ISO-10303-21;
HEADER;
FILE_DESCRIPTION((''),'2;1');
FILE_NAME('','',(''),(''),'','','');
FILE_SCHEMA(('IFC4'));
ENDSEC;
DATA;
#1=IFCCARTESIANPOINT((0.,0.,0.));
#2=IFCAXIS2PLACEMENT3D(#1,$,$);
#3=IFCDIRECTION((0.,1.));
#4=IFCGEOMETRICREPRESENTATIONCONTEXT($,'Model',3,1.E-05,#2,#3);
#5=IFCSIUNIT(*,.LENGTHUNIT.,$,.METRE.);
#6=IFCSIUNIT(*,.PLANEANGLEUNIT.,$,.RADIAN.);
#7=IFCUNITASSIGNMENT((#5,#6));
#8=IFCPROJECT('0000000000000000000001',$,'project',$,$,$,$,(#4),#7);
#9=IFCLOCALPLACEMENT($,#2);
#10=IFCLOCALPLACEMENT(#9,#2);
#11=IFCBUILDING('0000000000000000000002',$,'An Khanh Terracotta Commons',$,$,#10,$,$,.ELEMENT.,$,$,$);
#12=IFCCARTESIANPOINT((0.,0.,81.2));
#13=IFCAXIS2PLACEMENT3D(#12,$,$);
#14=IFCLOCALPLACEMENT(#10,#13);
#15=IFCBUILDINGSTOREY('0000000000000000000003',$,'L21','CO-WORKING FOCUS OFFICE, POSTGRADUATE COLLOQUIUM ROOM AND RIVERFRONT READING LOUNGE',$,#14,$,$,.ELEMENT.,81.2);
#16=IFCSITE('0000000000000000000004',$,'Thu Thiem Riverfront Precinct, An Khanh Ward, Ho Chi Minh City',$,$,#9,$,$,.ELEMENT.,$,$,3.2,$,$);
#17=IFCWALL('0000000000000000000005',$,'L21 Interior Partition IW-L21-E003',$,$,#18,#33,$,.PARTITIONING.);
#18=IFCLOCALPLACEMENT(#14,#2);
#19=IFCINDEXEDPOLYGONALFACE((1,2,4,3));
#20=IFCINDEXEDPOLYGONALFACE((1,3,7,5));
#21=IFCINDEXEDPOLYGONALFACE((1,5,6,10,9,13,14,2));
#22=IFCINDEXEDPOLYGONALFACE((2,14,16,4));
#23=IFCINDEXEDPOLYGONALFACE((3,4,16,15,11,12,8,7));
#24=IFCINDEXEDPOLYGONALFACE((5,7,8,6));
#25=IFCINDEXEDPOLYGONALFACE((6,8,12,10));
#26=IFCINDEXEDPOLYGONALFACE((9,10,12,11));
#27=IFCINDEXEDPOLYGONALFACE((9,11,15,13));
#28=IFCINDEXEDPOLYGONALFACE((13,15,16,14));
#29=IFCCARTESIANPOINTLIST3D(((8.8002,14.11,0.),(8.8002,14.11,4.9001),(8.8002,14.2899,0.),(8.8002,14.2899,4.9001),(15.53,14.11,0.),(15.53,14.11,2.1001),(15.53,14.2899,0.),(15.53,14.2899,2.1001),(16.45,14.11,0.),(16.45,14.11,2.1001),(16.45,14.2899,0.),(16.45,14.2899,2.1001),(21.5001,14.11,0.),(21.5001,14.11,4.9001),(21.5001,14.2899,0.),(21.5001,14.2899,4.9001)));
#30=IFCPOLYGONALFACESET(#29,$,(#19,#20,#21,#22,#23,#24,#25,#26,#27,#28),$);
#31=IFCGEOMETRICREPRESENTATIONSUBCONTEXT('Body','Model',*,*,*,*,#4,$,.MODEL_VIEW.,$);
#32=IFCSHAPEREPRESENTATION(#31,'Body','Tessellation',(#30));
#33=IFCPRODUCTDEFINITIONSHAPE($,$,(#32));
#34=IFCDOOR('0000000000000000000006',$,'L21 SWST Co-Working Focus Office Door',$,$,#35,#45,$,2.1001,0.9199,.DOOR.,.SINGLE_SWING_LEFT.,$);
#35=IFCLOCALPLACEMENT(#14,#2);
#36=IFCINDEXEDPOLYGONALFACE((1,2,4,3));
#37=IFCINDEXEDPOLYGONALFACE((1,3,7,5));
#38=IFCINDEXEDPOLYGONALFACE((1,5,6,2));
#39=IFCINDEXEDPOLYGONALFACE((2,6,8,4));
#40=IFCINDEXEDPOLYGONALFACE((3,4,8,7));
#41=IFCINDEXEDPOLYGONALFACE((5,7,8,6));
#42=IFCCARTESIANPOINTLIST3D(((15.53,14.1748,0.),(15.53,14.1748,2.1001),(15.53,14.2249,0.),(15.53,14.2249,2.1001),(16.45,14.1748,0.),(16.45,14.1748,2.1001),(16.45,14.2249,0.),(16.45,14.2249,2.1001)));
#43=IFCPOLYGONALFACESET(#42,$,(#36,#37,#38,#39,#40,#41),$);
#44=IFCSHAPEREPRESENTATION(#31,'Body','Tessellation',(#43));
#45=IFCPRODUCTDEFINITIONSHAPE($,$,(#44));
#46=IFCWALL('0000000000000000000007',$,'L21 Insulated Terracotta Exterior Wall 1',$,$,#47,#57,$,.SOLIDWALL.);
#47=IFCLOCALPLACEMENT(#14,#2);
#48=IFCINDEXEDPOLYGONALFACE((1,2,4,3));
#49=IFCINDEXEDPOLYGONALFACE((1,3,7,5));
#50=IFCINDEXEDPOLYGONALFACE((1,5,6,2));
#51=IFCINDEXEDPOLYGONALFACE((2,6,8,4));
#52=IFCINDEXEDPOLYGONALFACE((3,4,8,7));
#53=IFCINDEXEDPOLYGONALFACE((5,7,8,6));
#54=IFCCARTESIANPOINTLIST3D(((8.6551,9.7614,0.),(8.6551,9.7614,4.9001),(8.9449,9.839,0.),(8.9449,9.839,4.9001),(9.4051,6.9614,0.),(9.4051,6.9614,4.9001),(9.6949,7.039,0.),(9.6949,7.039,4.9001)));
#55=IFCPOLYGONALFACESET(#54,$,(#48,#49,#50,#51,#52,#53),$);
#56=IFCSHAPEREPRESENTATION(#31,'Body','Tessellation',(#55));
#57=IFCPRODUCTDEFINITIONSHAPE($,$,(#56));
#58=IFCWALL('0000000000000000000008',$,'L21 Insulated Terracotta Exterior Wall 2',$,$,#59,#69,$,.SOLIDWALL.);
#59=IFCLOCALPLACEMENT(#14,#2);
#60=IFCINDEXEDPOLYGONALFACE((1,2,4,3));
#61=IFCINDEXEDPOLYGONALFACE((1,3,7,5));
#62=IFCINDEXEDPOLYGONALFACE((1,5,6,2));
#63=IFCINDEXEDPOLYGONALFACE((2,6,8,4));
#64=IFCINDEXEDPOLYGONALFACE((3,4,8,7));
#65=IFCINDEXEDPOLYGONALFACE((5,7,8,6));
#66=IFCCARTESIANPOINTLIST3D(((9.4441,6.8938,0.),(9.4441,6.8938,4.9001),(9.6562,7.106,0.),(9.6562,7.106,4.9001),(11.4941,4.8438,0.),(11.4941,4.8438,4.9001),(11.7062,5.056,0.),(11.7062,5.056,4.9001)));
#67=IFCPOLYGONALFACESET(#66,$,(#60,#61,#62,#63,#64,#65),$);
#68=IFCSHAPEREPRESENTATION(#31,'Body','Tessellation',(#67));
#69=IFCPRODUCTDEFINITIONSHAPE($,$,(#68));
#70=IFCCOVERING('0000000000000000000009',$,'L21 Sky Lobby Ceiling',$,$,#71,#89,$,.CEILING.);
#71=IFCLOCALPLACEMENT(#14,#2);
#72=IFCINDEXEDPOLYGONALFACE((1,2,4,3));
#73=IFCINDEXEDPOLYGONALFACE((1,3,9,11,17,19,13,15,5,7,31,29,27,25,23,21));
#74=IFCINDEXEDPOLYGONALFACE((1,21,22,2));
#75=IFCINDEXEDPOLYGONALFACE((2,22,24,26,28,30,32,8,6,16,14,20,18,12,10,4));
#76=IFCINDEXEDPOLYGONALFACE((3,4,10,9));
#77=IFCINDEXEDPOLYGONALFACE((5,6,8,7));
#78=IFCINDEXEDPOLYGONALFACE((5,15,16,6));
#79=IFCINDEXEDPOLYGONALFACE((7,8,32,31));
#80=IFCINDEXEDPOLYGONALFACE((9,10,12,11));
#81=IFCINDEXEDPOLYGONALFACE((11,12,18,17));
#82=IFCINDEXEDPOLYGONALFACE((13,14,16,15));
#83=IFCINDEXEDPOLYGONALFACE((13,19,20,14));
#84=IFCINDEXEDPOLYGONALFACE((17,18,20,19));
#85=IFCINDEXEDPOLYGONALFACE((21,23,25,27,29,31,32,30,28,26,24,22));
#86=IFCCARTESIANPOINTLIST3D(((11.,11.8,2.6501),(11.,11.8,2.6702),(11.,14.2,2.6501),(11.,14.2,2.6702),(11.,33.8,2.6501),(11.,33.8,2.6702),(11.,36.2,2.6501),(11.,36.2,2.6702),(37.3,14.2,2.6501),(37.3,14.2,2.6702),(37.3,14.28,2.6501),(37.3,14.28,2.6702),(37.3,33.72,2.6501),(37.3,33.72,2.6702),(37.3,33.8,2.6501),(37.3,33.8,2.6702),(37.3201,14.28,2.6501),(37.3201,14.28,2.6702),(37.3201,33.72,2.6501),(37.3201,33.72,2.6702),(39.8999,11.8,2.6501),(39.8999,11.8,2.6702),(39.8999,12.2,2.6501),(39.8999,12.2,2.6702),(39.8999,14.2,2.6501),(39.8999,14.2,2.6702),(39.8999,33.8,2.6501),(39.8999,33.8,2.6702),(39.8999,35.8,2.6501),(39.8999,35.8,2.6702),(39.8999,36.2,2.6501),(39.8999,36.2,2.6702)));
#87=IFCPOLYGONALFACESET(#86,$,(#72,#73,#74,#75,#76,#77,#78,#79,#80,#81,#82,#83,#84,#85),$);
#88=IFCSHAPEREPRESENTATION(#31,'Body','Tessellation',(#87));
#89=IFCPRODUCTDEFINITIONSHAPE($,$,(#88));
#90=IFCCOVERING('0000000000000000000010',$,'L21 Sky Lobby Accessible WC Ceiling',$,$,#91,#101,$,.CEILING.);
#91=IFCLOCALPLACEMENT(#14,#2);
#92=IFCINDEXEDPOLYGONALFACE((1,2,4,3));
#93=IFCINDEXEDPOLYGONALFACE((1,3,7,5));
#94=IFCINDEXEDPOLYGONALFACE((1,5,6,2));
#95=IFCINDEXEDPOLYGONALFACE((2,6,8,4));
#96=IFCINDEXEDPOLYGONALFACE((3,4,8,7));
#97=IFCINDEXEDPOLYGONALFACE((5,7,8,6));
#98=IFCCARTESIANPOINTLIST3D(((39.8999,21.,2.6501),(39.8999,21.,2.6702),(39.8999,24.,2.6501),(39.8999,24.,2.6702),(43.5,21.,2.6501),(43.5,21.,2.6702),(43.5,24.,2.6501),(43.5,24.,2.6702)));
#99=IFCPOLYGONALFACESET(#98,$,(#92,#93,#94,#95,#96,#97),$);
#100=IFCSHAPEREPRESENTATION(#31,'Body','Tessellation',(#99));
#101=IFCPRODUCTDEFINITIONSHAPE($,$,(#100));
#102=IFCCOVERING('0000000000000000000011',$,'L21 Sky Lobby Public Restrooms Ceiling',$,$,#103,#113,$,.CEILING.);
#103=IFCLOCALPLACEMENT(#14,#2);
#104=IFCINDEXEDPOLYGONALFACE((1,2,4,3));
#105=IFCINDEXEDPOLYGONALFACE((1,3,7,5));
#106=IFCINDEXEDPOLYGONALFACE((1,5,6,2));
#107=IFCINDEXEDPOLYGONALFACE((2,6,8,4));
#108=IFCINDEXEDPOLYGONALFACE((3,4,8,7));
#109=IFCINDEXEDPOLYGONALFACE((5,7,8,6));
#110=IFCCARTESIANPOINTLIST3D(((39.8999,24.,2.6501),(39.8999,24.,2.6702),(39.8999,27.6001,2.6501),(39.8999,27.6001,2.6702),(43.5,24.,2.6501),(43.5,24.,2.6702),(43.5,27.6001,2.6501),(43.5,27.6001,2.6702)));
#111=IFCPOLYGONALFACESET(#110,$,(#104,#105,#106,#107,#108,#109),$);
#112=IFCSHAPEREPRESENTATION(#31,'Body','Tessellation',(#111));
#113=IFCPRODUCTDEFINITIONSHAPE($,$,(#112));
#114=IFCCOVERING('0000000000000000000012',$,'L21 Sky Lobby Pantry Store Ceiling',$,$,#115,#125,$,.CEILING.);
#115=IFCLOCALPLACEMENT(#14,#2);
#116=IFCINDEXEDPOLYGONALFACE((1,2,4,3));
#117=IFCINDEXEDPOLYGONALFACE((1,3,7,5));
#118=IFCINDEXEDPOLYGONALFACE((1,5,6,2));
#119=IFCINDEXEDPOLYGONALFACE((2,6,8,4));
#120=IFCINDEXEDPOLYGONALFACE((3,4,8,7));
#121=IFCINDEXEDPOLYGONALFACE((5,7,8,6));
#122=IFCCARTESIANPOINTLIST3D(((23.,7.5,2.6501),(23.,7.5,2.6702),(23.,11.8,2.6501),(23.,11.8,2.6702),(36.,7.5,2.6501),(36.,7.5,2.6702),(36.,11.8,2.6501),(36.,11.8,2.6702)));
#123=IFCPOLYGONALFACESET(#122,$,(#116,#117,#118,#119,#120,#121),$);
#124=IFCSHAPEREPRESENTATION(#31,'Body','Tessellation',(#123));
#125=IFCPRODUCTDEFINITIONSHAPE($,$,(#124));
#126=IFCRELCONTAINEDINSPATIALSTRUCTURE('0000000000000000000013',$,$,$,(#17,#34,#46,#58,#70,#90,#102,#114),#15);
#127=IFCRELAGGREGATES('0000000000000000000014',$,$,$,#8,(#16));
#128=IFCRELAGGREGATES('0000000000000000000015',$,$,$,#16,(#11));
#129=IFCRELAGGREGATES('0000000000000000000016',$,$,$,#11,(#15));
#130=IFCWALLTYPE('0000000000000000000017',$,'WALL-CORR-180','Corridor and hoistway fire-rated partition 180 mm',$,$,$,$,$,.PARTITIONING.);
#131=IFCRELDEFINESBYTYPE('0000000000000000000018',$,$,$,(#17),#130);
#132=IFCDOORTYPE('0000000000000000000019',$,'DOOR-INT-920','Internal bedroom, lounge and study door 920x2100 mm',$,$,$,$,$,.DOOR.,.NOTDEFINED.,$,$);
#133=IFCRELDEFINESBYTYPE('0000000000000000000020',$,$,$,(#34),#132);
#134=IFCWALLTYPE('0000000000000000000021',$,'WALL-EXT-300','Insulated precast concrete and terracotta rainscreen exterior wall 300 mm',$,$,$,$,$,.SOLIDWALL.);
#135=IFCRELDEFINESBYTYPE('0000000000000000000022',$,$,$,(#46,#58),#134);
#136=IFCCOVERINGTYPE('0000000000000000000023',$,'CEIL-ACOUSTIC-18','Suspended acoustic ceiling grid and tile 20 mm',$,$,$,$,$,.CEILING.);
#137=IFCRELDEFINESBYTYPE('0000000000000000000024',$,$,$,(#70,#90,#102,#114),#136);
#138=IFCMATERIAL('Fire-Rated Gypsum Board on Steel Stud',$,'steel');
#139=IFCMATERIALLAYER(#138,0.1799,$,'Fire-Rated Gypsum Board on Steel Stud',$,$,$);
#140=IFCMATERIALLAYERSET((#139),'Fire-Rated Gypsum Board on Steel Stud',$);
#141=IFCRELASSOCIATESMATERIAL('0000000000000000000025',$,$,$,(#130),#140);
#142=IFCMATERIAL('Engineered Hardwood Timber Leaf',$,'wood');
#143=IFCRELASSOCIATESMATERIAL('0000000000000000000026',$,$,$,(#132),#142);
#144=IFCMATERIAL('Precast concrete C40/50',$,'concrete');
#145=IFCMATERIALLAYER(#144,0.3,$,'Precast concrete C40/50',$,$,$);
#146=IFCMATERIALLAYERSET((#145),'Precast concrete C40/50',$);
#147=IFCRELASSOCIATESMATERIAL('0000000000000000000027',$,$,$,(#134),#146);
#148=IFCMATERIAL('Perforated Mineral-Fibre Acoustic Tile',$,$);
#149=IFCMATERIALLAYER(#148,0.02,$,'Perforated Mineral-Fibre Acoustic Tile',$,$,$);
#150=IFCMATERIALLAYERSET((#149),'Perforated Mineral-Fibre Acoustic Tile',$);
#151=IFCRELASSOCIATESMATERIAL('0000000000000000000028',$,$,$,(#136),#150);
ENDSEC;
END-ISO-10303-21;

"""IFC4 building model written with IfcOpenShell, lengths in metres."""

from ifc_helpers import new_model, si_unit, direction, frame, frame_2d, origin, place, context, subcontext, project, spatial, polyline, rectangle, outline, extrude, material, layer, layer_set, type_object, element, fill, save


model = new_model("IFC4")

# Units and contexts
model_context = context("Model", 3, precision=1e-05, world=origin(), true_north=direction((0.0, 1.0)))
body_context = subcontext(model_context, "Body", "Model", "MODEL_VIEW")
ifc_project = project(units=[si_unit("LENGTHUNIT", "METRE"), si_unit("PLANEANGLEUNIT", "RADIAN")], contexts=[model_context])

# Site, building, storey
site_placement = place(None, origin())
site = spatial("IfcSite", under=ifc_project, at=site_placement, Name="Thu Thiem Riverfront Precinct, An Khanh Ward, Ho Chi Minh City", CompositionType="ELEMENT", RefElevation=3.2)
building_placement = place(site_placement, origin())
building = spatial("IfcBuilding", under=site, at=building_placement, Name="An Khanh Terracotta Commons", CompositionType="ELEMENT")
storey_placement = place(building_placement, frame((0.0, 0.0, 81.2)))
storey = spatial("IfcBuildingStorey", under=building, at=storey_placement, Name="L21", Description="CO-WORKING FOCUS OFFICE, POSTGRADUATE COLLOQUIUM ROOM AND RIVERFRONT READING LOUNGE", CompositionType="ELEMENT", Elevation=81.2)

# Shared definitions
ifc_material_1 = material(Name="Precast concrete C40/50", Category="concrete")

# Wall, opening, door
ifc_material_2 = material(Name="Fire-Rated Gypsum Board on Steel Stud", Category="steel")
ifc_layer_1 = layer(ifc_material_2, 0.1799, Name="Fire-Rated Gypsum Board on Steel Stud")
ifc_layer_set_1 = layer_set([ifc_layer_1], Name="Fire-Rated Gypsum Board on Steel Stud")
wall_type_1 = type_object("IfcWallType", Name="WALL-CORR-180", Description="Corridor and hoistway fire-rated partition 180 mm", PredefinedType="PARTITIONING", material=ifc_layer_set_1)
wall_1_placement = place(storey_placement, frame((8.8, 14.2, 0.0), z_axis=(0.0, 0.0, 1.0), x_axis=(1.0, 0.0, 0.0)))
wall_1 = element("IfcWall", 1, at=wall_1_placement, inside=storey, type_object=wall_type_1, Name="L21 Interior Partition IW-L21-E003", PredefinedType="PARTITIONING", context=body_context, shape_type="SweptSolid", body=[
    extrude(rectangle(XDim=12.7, YDim=0.1799, at=frame_2d((6.3501, 0.0))), origin(), (0.0, 0.0, 1.0), 4.9001),
])
opening_1_placement = place(wall_1_placement, frame((6.73, 0.0, 0.0)))
opening_1 = element("IfcOpeningElement", 2, at=opening_1_placement, cuts=wall_1, PredefinedType="OPENING", context=body_context, shape_type="SweptSolid", body=[
    extrude(rectangle(XDim=0.9199, YDim=2.1001, at=frame_2d((0.46, 1.05))), frame((0.0, 0.0999, 0.0), z_axis=(0.0, -1.0, 0.0), x_axis=(1.0, 0.0, 0.0)), (0.0, 0.0, 1.0), 0.2),
])
ifc_material_3 = material(Name="Engineered Hardwood Timber Leaf", Category="wood")
door_type_1 = type_object("IfcDoorType", Name="DOOR-INT-920", Description="Internal bedroom, lounge and study door 920x2100 mm", OperationType="NOTDEFINED", PredefinedType="DOOR", material=ifc_material_3)
door_1_placement = place(opening_1_placement, origin())
door_1 = element("IfcDoor", 3, at=door_1_placement, inside=storey, type_object=door_type_1, Name="L21 SWST Co-Working Focus Office Door", OperationType="SINGLE_SWING_LEFT", OverallHeight=2.1001, OverallWidth=0.9199, PredefinedType="DOOR", context=body_context, shape_type="SweptSolid", body=[
    extrude(rectangle(XDim=0.9199, YDim=2.1001, at=frame_2d((0.46, 1.05))), frame((0.0, 0.0249, 0.0), z_axis=(0.0, -1.0, 0.0), x_axis=(1.0, 0.0, 0.0)), (0.0, 0.0, 1.0), 0.05),
])
fill(opening_1, door_1)

# Walls
ifc_layer_2 = layer(ifc_material_1, 0.3, Name="Precast concrete C40/50")
ifc_layer_set_2 = layer_set([ifc_layer_2], Name="Precast concrete C40/50")
wall_type_2 = type_object("IfcWallType", Name="WALL-EXT-300", Description="Insulated precast concrete and terracotta rainscreen exterior wall 300 mm", PredefinedType="SOLIDWALL", material=ifc_layer_set_2)
wall_2_placement = place(storey_placement, frame((8.8, 9.8, 0.0), z_axis=(0.0, 0.0, 1.0), x_axis=(0.258732, -0.965949, 0.0)))
element("IfcWall", 4, at=wall_2_placement, inside=storey, type_object=wall_type_2, Name="L21 Insulated Terracotta Exterior Wall 1", PredefinedType="SOLIDWALL", context=body_context, shape_type="SweptSolid", body=[
    extrude(rectangle(XDim=2.8987, YDim=0.3, at=frame_2d((1.4492, 0.0))), origin(), (0.0, 0.0, 1.0), 4.9001),
])
wall_3_placement = place(storey_placement, frame((9.55, 7.0, 0.0), z_axis=(0.0, 0.0, 1.0), x_axis=(0.707107, -0.707107, 0.0)))
element("IfcWall", 5, at=wall_3_placement, inside=storey, type_object=wall_type_2, Name="L21 Insulated Terracotta Exterior Wall 2", PredefinedType="SOLIDWALL", context=body_context, shape_type="SweptSolid", body=[
    extrude(rectangle(XDim=2.8992, YDim=0.3, at=frame_2d((1.4497, 0.0))), origin(), (0.0, 0.0, 1.0), 4.9001),
])

# Coverings
ifc_material_4 = material(Name="Perforated Mineral-Fibre Acoustic Tile")
ifc_layer_3 = layer(ifc_material_4, 0.02, Name="Perforated Mineral-Fibre Acoustic Tile")
ifc_layer_set_3 = layer_set([ifc_layer_3], Name="Perforated Mineral-Fibre Acoustic Tile")
covering_type = type_object("IfcCoveringType", Name="CEIL-ACOUSTIC-18", Description="Suspended acoustic ceiling grid and tile 20 mm", PredefinedType="CEILING", material=ifc_layer_set_3)
covering_1_placement = place(storey_placement, frame((0.0, 0.0, 2.6501)))
element("IfcCovering", 6, at=covering_1_placement, inside=storey, type_object=covering_type, Name="L21 Sky Lobby Ceiling", PredefinedType="CEILING", context=body_context, shape_type="SweptSolid", body=[
    extrude(outline(polyline([(11.0, 11.8), (11.0, 14.2), (37.3, 14.2), (37.3, 14.28), (37.3201, 14.28), (37.3201, 33.72), (37.3, 33.72), (37.3, 33.8), (11.0, 33.8), (11.0, 36.2), (39.8999, 36.2), (39.8999, 35.8), (39.8999, 33.8), (39.8999, 14.2), (39.8999, 12.2), (39.8999, 11.8), (11.0, 11.8)])), origin(), (0.0, 0.0, 1.0), 0.02),
])
covering_2_placement = place(storey_placement, frame((0.0, 0.0, 2.6501)))
element("IfcCovering", 7, at=covering_2_placement, inside=storey, type_object=covering_type, Name="L21 Sky Lobby Accessible WC Ceiling", PredefinedType="CEILING", context=body_context, shape_type="SweptSolid", body=[
    extrude(outline(polyline([(39.8999, 24.0), (43.5, 24.0), (43.5, 21.0), (39.8999, 21.0), (39.8999, 24.0)])), origin(), (0.0, 0.0, 1.0), 0.02),
])
covering_3_placement = place(storey_placement, frame((0.0, 0.0, 2.6501)))
element("IfcCovering", 8, at=covering_3_placement, inside=storey, type_object=covering_type, Name="L21 Sky Lobby Public Restrooms Ceiling", PredefinedType="CEILING", context=body_context, shape_type="SweptSolid", body=[
    extrude(outline(polyline([(39.8999, 27.6001), (43.5, 27.6001), (43.5, 24.0), (39.8999, 24.0), (39.8999, 27.6001)])), origin(), (0.0, 0.0, 1.0), 0.02),
])
covering_4_placement = place(storey_placement, frame((0.0, 0.0, 2.6501)))
element("IfcCovering", 9, at=covering_4_placement, inside=storey, type_object=covering_type, Name="L21 Sky Lobby Pantry Store Ceiling", PredefinedType="CEILING", context=body_context, shape_type="SweptSolid", body=[
    extrude(outline(polyline([(36.0, 11.8), (36.0, 7.5), (23.0, 7.5), (23.0, 11.8), (36.0, 11.8)])), origin(), (0.0, 0.0, 1.0), 0.02),
])

save(model, "model.ifc")
